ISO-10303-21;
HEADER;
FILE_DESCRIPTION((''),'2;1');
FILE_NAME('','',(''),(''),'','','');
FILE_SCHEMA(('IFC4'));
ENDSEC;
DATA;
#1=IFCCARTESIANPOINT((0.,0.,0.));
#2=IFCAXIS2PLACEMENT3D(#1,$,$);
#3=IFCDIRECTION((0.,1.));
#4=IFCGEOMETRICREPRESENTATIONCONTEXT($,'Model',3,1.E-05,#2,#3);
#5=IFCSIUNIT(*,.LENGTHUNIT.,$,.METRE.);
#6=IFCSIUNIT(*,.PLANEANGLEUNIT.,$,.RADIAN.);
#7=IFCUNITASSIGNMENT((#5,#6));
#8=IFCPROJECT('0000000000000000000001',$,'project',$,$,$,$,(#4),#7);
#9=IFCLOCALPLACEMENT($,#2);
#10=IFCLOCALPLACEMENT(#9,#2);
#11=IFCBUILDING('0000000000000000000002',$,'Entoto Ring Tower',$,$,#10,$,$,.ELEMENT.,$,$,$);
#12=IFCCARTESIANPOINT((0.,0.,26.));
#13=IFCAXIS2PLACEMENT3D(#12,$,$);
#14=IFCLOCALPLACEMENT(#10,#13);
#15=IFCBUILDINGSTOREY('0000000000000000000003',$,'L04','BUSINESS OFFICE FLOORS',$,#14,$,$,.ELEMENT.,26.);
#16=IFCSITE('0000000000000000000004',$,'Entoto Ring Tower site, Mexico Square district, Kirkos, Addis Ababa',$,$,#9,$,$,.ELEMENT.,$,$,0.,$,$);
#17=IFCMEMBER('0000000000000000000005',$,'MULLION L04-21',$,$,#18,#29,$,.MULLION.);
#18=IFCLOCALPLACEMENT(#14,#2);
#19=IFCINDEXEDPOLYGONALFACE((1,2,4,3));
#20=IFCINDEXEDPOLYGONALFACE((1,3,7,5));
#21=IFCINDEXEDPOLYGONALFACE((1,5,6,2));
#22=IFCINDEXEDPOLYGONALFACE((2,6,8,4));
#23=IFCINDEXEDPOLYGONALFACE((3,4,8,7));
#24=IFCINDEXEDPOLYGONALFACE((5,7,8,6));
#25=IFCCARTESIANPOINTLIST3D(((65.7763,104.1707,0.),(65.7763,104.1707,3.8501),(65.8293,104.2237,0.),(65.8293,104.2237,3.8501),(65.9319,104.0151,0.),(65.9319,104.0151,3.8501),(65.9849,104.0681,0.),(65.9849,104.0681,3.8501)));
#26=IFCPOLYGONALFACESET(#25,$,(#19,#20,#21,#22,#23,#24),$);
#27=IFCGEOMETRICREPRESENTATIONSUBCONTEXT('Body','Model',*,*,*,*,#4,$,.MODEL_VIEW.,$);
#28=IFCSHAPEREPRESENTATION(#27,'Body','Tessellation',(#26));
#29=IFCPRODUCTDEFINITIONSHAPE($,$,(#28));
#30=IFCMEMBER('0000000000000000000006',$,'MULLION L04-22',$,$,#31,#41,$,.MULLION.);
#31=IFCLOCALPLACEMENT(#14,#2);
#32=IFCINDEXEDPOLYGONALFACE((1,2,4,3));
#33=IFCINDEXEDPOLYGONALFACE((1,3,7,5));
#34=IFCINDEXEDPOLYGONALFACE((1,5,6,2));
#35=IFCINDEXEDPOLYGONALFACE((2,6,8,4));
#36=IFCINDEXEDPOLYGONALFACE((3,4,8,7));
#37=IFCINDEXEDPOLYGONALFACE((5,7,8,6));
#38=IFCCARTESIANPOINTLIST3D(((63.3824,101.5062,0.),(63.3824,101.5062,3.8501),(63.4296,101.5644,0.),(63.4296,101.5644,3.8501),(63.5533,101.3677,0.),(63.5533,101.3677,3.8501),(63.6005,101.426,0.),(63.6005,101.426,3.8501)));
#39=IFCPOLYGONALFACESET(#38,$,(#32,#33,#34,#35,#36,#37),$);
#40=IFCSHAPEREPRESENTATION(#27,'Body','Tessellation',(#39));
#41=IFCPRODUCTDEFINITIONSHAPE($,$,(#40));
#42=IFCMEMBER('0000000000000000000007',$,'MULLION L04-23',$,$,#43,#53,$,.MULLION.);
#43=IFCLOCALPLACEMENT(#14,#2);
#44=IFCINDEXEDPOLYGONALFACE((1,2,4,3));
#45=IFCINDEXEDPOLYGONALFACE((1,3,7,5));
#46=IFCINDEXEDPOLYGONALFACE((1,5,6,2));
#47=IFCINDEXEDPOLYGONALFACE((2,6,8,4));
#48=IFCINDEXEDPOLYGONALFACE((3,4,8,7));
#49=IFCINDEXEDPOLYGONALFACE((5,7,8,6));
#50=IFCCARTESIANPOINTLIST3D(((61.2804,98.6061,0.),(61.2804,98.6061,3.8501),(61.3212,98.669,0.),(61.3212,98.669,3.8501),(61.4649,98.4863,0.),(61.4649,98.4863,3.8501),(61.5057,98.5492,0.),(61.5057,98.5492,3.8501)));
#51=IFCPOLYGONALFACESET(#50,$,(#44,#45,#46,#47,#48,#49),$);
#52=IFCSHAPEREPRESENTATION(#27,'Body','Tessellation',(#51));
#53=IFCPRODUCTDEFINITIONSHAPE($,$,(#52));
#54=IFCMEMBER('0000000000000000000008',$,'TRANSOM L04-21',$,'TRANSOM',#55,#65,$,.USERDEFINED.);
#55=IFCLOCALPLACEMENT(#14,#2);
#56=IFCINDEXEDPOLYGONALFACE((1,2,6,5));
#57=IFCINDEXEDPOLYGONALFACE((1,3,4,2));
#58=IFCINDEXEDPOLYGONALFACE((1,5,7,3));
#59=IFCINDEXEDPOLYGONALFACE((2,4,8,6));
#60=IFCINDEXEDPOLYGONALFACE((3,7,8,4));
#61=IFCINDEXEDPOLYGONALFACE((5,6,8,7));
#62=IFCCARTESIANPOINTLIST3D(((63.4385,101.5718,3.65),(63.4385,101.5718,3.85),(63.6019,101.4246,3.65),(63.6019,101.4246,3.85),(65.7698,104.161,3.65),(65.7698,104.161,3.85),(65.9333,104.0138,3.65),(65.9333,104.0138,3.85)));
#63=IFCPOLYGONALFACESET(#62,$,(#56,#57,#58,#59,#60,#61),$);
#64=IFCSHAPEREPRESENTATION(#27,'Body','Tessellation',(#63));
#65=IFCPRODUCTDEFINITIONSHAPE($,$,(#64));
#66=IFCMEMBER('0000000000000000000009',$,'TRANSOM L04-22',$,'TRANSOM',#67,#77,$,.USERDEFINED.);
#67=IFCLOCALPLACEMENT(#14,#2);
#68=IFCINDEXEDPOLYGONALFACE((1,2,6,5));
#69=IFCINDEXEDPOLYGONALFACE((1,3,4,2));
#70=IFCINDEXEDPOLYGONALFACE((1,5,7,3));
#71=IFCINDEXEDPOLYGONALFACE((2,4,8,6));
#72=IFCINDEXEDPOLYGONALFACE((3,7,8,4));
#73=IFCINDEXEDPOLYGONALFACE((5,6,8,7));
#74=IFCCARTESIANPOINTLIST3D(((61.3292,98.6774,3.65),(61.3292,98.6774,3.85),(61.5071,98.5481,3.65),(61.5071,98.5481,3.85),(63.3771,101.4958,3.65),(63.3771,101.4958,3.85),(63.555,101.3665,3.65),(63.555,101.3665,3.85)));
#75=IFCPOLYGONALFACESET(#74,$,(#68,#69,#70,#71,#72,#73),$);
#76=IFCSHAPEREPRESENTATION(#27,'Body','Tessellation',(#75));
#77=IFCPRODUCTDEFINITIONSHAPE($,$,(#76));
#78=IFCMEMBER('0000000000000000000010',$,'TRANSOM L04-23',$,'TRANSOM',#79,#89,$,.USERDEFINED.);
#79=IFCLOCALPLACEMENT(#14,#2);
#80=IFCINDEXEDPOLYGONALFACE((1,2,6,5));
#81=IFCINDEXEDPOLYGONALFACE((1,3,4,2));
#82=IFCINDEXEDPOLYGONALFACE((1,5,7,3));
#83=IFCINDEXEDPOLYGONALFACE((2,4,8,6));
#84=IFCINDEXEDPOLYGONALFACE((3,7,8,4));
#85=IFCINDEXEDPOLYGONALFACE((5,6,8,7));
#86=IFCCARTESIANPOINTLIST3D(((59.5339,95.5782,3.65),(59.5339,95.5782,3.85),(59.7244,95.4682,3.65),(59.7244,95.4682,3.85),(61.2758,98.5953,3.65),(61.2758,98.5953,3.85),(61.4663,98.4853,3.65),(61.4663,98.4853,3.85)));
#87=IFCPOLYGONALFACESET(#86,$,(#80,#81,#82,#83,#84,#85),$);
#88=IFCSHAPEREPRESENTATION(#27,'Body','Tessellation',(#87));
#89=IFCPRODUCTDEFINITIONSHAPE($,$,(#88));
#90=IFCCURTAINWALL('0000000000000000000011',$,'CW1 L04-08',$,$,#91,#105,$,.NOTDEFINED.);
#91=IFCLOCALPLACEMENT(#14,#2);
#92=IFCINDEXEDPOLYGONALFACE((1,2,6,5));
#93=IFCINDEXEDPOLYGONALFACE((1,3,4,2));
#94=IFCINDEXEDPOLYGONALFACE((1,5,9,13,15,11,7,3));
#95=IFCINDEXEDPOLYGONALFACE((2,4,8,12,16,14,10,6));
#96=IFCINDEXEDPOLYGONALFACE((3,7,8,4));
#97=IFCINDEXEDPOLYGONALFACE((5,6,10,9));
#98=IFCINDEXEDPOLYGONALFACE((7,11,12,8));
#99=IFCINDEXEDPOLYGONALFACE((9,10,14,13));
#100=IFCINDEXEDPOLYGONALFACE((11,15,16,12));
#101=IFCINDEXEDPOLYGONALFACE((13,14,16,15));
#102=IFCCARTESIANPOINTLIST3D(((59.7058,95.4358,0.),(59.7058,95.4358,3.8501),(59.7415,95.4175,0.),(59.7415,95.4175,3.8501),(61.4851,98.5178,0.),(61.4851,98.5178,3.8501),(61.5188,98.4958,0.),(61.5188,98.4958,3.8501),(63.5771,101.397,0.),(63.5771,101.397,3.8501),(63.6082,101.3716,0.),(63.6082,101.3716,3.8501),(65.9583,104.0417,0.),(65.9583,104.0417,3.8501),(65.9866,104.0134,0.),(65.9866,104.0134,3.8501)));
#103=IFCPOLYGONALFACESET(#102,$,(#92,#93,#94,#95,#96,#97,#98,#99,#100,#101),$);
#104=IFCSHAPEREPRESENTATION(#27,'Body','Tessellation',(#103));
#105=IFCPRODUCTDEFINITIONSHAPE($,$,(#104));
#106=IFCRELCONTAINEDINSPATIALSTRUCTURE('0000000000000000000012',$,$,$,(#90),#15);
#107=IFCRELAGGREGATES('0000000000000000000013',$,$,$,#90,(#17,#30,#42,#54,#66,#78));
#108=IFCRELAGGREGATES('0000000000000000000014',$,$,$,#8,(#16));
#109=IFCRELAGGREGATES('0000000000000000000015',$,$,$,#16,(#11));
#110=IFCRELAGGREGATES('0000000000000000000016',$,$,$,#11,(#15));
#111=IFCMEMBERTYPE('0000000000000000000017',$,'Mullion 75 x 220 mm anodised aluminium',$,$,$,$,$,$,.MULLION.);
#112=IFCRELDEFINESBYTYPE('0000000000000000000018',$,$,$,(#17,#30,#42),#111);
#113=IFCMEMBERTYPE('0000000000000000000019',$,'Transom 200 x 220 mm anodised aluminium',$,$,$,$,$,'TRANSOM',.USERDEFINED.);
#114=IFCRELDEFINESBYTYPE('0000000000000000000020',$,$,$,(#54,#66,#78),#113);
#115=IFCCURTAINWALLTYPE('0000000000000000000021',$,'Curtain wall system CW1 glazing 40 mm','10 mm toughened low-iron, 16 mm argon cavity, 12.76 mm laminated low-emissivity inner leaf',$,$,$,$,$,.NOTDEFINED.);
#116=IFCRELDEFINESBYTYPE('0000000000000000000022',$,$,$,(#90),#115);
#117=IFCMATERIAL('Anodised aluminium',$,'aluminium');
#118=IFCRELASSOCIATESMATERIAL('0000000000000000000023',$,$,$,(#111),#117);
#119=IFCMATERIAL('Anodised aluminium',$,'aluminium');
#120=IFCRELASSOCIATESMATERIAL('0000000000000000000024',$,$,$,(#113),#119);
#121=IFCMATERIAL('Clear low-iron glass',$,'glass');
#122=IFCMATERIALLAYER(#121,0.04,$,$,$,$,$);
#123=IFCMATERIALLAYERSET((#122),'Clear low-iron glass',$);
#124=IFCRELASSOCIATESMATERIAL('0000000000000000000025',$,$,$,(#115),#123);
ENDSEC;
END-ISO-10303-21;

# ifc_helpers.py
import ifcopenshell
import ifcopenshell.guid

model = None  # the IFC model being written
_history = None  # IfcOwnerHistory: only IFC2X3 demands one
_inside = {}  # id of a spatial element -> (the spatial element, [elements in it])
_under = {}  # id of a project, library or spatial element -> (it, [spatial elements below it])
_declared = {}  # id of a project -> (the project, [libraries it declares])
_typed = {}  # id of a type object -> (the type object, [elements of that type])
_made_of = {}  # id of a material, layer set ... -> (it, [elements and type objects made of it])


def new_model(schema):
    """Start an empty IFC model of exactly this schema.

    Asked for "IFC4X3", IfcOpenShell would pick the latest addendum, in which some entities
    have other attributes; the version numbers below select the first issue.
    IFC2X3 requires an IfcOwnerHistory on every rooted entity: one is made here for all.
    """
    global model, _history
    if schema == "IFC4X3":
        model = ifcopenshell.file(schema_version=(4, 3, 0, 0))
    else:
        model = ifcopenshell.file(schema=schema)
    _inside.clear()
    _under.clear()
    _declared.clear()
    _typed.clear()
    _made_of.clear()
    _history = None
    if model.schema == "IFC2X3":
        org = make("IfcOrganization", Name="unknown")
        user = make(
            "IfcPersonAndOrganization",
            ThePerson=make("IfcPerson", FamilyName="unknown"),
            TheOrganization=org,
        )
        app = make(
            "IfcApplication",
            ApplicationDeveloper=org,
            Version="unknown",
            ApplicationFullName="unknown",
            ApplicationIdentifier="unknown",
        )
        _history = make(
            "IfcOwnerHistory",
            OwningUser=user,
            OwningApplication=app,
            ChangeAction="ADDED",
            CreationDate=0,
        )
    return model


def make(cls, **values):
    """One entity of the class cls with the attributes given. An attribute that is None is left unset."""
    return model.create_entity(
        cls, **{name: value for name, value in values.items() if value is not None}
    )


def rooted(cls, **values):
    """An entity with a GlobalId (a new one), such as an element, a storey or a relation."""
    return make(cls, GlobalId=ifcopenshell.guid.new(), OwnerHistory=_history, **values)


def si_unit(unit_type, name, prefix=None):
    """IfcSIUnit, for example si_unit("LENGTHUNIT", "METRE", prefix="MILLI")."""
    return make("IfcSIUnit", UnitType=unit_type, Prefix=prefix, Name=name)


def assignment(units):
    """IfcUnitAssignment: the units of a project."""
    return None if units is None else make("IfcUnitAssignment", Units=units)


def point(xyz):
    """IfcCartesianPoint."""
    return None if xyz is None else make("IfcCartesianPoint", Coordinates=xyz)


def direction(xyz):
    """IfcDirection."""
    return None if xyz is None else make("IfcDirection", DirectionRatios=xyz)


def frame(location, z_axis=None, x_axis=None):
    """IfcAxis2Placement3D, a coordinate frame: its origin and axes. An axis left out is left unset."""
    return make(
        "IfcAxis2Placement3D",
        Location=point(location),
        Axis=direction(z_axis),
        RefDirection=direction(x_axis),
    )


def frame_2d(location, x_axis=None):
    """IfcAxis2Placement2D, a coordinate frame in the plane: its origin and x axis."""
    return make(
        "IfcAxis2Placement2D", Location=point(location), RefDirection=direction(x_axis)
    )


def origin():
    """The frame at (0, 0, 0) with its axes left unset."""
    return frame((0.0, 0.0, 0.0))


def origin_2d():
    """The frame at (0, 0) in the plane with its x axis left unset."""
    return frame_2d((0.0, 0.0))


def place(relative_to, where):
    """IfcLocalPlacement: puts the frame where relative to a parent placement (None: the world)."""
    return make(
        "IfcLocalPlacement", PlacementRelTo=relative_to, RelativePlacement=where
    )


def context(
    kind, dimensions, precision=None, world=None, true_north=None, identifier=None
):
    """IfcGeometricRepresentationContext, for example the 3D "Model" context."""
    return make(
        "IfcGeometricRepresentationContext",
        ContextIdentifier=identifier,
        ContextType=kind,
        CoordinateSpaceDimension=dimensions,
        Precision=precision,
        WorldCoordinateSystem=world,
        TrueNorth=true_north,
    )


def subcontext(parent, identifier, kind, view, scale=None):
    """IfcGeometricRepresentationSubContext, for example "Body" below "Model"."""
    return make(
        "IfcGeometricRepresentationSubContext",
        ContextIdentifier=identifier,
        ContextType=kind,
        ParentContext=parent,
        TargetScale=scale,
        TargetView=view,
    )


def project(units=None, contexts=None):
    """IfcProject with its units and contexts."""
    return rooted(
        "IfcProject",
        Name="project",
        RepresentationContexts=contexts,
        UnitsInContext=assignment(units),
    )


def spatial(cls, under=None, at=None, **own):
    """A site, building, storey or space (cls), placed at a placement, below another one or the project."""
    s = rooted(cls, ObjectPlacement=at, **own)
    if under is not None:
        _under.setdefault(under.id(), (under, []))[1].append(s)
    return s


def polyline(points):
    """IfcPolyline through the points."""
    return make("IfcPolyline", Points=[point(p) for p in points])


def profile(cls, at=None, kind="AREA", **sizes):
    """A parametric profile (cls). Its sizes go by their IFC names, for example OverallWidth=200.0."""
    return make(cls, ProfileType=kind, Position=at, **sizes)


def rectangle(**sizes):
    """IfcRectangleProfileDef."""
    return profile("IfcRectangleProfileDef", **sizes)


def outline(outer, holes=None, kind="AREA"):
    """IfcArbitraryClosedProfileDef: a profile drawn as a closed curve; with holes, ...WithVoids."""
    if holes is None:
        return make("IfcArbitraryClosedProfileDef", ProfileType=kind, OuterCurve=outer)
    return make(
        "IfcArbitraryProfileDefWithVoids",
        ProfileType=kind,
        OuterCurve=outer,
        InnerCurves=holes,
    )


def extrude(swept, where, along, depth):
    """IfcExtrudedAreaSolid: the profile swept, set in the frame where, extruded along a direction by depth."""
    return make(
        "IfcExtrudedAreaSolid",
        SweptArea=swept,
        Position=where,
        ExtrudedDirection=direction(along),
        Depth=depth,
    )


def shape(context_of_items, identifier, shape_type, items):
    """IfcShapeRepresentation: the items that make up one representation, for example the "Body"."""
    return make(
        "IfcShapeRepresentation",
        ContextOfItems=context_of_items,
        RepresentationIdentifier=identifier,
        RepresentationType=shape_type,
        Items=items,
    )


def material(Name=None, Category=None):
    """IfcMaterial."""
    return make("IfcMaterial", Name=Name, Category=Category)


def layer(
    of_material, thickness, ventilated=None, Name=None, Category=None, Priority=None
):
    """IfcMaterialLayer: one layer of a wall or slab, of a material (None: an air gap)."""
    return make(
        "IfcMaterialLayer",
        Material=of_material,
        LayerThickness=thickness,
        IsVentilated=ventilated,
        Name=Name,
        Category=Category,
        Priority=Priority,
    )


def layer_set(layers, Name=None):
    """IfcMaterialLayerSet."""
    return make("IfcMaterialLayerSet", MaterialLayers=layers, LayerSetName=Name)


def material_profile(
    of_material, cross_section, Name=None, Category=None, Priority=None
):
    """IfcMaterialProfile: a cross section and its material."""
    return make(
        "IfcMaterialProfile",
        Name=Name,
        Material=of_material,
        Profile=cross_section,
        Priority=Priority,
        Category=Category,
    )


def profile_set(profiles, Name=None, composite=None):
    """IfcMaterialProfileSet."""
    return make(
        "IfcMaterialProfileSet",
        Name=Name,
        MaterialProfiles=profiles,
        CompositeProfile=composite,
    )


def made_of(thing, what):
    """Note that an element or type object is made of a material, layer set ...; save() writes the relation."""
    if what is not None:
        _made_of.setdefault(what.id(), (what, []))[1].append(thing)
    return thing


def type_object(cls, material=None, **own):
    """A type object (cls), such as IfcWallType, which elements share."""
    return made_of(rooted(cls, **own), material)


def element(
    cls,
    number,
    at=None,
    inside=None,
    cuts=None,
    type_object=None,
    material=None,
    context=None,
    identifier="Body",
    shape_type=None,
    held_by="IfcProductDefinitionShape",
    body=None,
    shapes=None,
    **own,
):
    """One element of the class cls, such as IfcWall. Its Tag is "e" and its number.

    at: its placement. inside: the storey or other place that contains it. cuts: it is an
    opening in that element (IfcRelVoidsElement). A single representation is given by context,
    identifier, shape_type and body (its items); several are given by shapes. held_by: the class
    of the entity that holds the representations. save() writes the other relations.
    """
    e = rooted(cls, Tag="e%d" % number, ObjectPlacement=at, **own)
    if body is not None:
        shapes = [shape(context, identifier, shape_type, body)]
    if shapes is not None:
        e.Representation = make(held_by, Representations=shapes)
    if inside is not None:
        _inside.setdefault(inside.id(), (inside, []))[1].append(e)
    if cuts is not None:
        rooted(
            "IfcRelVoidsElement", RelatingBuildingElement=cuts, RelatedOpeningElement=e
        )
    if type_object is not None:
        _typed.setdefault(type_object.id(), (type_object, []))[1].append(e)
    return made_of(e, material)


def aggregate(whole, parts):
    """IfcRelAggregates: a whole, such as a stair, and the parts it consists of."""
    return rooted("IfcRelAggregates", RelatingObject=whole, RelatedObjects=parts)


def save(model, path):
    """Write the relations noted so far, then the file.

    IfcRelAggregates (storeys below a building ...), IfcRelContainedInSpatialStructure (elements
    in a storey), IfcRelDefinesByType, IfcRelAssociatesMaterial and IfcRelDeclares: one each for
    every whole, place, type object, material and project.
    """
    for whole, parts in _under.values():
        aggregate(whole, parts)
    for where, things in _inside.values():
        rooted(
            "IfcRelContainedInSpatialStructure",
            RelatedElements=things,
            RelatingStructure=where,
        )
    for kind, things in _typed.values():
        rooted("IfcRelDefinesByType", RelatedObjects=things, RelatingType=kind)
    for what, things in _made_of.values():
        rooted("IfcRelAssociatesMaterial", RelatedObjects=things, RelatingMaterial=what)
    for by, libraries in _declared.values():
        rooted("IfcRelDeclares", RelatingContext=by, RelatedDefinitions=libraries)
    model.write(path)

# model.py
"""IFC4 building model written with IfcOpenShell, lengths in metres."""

from ifc_helpers import new_model, si_unit, direction, frame, origin, origin_2d, place, context, subcontext, project, spatial, polyline, rectangle, outline, extrude, material, layer, layer_set, material_profile, profile_set, type_object, element, aggregate, save


model = new_model("IFC4")

# Units and contexts
model_context = context("Model", 3, precision=1e-05, world=origin(), true_north=direction((0.0, 1.0)))
body_context = subcontext(model_context, "Body", "Model", "MODEL_VIEW")
ifc_project = project(units=[si_unit("LENGTHUNIT", "METRE"), si_unit("PLANEANGLEUNIT", "RADIAN")], contexts=[model_context])

# Members
ifc_material_1 = material(Name="Anodised aluminium", Category="aluminium")
ifc_material_profile_1 = material_profile(ifc_material_1, rectangle(XDim=0.075, YDim=0.22, at=origin_2d()), Name="Mullion 75 x 220 mm anodised aluminium")
ifc_profile_set_1 = profile_set([ifc_material_profile_1], Name="Anodised aluminium")
member_type_1 = type_object("IfcMemberType", Name="Mullion 75 x 220 mm anodised aluminium", PredefinedType="MULLION", material=ifc_profile_set_1)
site_placement = place(None, origin())
building_placement = place(site_placement, origin())
storey_placement = place(building_placement, frame((0.0, 0.0, 26.0)))
member_1_placement = place(storey_placement, frame((65.8806, 104.1194, 0.0), z_axis=(0.0, 0.0, 1.0), x_axis=(-0.707107, -0.707107, 0.0)))
member_1 = element("IfcMember", 1, at=member_1_placement, type_object=member_type_1, Name="MULLION L04-21", PredefinedType="MULLION", context=body_context, shape_type="SweptSolid", body=[
    extrude(rectangle(XDim=0.075, YDim=0.22, at=origin_2d()), origin(), (0.0, 0.0, 1.0), 3.8501),
])
member_2_placement = place(storey_placement, frame((63.4915, 101.4661, 0.0), z_axis=(0.0, 0.0, 1.0), x_axis=(-0.62932, -0.777146, 0.0)))
member_2 = element("IfcMember", 2, at=member_2_placement, type_object=member_type_1, Name="MULLION L04-22", PredefinedType="MULLION", context=body_context, shape_type="SweptSolid", body=[
    extrude(rectangle(XDim=0.075, YDim=0.22, at=origin_2d()), origin(), (0.0, 0.0, 1.0), 3.8501),
])
member_3_placement = place(storey_placement, frame((61.3931, 98.5776, 0.0), z_axis=(0.0, 0.0, 1.0), x_axis=(-0.544639, -0.838671, 0.0)))
member_3 = element("IfcMember", 3, at=member_3_placement, type_object=member_type_1, Name="MULLION L04-23", PredefinedType="MULLION", context=body_context, shape_type="SweptSolid", body=[
    extrude(rectangle(XDim=0.075, YDim=0.22, at=origin_2d()), origin(), (0.0, 0.0, 1.0), 3.8501),
])
ifc_material_2 = material(Name="Anodised aluminium", Category="aluminium")
ifc_material_profile_2 = material_profile(ifc_material_2, rectangle(XDim=0.22, YDim=0.2, at=origin_2d()), Name="Transom 200 x 220 mm anodised aluminium")
ifc_profile_set_2 = profile_set([ifc_material_profile_2], Name="Anodised aluminium")
member_type_2 = type_object("IfcMemberType", Name="Transom 200 x 220 mm anodised aluminium", ElementType="TRANSOM", PredefinedType="USERDEFINED", material=ifc_profile_set_2)
member_4_placement = place(storey_placement, frame((65.8516, 104.0874, 3.75), z_axis=(-0.669139, -0.743137, 0.0), x_axis=(0.743137, -0.669139, 0.0)))
member_4 = element("IfcMember", 4, at=member_4_placement, type_object=member_type_2, Name="TRANSOM L04-21", ObjectType="TRANSOM", PredefinedType="USERDEFINED", context=body_context, shape_type="SweptSolid", body=[
    extrude(rectangle(XDim=0.22, YDim=0.2, at=origin_2d()), origin(), (0.0, 0.0, 1.0), 3.4841),
])
member_5_placement = place(storey_placement, frame((63.4661, 101.4312, 3.75), z_axis=(-0.587822, -0.808991, 0.0), x_axis=(0.808991, -0.587822, 0.0)))
member_5 = element("IfcMember", 5, at=member_5_placement, type_object=member_type_2, Name="TRANSOM L04-22", ObjectType="TRANSOM", PredefinedType="USERDEFINED", context=body_context, shape_type="SweptSolid", body=[
    extrude(rectangle(XDim=0.22, YDim=0.2, at=origin_2d()), origin(), (0.0, 0.0, 1.0), 3.4839),
])
member_6_placement = place(storey_placement, frame((61.3711, 98.5403, 3.75), z_axis=(-0.500006, -0.866022, 0.0), x_axis=(0.866022, -0.500006, 0.0)))
member_6 = element("IfcMember", 6, at=member_6_placement, type_object=member_type_2, Name="TRANSOM L04-23", ObjectType="TRANSOM", PredefinedType="USERDEFINED", context=body_context, shape_type="SweptSolid", body=[
    extrude(rectangle(XDim=0.22, YDim=0.2, at=origin_2d()), origin(), (0.0, 0.0, 1.0), 3.4839),
])

# Site, building, storey
site = spatial("IfcSite", under=ifc_project, at=site_placement, Name="Entoto Ring Tower site, Mexico Square district, Kirkos, Addis Ababa", CompositionType="ELEMENT", RefElevation=0.0)
building = spatial("IfcBuilding", under=site, at=building_placement, Name="Entoto Ring Tower", CompositionType="ELEMENT")
storey = spatial("IfcBuildingStorey", under=building, at=storey_placement, Name="L04", Description="BUSINESS OFFICE FLOORS", CompositionType="ELEMENT", Elevation=26.0)

# Curtain wall
ifc_material_3 = material(Name="Clear low-iron glass", Category="glass")
ifc_layer = layer(ifc_material_3, 0.04)
ifc_layer_set = layer_set([ifc_layer], Name="Clear low-iron glass")
curtain_wall_type = type_object("IfcCurtainWallType", Name="Curtain wall system CW1 glazing 40 mm", Description="10 mm toughened low-iron, 16 mm argon cavity, 12.76 mm laminated low-emissivity inner leaf", PredefinedType="NOTDEFINED", material=ifc_layer_set)
curtain_wall_1_placement = place(storey_placement, origin())
curtain_wall_1 = element("IfcCurtainWall", 7, at=curtain_wall_1_placement, inside=storey, type_object=curtain_wall_type, Name="CW1 L04-08", PredefinedType="NOTDEFINED", context=body_context, shape_type="SweptSolid", body=[
    extrude(outline(polyline([(65.9583, 104.0417), (63.5771, 101.397), (61.4851, 98.5178), (59.7058, 95.4358), (59.7415, 95.4175), (61.5188, 98.4958), (63.6082, 101.3716), (65.9866, 104.0134), (65.9583, 104.0417)])), origin(), (0.0, 0.0, 1.0), 3.8501),
])
aggregate(curtain_wall_1, [member_1, member_2, member_3, member_4, member_5, member_6])

save(model, "model.ifc")
